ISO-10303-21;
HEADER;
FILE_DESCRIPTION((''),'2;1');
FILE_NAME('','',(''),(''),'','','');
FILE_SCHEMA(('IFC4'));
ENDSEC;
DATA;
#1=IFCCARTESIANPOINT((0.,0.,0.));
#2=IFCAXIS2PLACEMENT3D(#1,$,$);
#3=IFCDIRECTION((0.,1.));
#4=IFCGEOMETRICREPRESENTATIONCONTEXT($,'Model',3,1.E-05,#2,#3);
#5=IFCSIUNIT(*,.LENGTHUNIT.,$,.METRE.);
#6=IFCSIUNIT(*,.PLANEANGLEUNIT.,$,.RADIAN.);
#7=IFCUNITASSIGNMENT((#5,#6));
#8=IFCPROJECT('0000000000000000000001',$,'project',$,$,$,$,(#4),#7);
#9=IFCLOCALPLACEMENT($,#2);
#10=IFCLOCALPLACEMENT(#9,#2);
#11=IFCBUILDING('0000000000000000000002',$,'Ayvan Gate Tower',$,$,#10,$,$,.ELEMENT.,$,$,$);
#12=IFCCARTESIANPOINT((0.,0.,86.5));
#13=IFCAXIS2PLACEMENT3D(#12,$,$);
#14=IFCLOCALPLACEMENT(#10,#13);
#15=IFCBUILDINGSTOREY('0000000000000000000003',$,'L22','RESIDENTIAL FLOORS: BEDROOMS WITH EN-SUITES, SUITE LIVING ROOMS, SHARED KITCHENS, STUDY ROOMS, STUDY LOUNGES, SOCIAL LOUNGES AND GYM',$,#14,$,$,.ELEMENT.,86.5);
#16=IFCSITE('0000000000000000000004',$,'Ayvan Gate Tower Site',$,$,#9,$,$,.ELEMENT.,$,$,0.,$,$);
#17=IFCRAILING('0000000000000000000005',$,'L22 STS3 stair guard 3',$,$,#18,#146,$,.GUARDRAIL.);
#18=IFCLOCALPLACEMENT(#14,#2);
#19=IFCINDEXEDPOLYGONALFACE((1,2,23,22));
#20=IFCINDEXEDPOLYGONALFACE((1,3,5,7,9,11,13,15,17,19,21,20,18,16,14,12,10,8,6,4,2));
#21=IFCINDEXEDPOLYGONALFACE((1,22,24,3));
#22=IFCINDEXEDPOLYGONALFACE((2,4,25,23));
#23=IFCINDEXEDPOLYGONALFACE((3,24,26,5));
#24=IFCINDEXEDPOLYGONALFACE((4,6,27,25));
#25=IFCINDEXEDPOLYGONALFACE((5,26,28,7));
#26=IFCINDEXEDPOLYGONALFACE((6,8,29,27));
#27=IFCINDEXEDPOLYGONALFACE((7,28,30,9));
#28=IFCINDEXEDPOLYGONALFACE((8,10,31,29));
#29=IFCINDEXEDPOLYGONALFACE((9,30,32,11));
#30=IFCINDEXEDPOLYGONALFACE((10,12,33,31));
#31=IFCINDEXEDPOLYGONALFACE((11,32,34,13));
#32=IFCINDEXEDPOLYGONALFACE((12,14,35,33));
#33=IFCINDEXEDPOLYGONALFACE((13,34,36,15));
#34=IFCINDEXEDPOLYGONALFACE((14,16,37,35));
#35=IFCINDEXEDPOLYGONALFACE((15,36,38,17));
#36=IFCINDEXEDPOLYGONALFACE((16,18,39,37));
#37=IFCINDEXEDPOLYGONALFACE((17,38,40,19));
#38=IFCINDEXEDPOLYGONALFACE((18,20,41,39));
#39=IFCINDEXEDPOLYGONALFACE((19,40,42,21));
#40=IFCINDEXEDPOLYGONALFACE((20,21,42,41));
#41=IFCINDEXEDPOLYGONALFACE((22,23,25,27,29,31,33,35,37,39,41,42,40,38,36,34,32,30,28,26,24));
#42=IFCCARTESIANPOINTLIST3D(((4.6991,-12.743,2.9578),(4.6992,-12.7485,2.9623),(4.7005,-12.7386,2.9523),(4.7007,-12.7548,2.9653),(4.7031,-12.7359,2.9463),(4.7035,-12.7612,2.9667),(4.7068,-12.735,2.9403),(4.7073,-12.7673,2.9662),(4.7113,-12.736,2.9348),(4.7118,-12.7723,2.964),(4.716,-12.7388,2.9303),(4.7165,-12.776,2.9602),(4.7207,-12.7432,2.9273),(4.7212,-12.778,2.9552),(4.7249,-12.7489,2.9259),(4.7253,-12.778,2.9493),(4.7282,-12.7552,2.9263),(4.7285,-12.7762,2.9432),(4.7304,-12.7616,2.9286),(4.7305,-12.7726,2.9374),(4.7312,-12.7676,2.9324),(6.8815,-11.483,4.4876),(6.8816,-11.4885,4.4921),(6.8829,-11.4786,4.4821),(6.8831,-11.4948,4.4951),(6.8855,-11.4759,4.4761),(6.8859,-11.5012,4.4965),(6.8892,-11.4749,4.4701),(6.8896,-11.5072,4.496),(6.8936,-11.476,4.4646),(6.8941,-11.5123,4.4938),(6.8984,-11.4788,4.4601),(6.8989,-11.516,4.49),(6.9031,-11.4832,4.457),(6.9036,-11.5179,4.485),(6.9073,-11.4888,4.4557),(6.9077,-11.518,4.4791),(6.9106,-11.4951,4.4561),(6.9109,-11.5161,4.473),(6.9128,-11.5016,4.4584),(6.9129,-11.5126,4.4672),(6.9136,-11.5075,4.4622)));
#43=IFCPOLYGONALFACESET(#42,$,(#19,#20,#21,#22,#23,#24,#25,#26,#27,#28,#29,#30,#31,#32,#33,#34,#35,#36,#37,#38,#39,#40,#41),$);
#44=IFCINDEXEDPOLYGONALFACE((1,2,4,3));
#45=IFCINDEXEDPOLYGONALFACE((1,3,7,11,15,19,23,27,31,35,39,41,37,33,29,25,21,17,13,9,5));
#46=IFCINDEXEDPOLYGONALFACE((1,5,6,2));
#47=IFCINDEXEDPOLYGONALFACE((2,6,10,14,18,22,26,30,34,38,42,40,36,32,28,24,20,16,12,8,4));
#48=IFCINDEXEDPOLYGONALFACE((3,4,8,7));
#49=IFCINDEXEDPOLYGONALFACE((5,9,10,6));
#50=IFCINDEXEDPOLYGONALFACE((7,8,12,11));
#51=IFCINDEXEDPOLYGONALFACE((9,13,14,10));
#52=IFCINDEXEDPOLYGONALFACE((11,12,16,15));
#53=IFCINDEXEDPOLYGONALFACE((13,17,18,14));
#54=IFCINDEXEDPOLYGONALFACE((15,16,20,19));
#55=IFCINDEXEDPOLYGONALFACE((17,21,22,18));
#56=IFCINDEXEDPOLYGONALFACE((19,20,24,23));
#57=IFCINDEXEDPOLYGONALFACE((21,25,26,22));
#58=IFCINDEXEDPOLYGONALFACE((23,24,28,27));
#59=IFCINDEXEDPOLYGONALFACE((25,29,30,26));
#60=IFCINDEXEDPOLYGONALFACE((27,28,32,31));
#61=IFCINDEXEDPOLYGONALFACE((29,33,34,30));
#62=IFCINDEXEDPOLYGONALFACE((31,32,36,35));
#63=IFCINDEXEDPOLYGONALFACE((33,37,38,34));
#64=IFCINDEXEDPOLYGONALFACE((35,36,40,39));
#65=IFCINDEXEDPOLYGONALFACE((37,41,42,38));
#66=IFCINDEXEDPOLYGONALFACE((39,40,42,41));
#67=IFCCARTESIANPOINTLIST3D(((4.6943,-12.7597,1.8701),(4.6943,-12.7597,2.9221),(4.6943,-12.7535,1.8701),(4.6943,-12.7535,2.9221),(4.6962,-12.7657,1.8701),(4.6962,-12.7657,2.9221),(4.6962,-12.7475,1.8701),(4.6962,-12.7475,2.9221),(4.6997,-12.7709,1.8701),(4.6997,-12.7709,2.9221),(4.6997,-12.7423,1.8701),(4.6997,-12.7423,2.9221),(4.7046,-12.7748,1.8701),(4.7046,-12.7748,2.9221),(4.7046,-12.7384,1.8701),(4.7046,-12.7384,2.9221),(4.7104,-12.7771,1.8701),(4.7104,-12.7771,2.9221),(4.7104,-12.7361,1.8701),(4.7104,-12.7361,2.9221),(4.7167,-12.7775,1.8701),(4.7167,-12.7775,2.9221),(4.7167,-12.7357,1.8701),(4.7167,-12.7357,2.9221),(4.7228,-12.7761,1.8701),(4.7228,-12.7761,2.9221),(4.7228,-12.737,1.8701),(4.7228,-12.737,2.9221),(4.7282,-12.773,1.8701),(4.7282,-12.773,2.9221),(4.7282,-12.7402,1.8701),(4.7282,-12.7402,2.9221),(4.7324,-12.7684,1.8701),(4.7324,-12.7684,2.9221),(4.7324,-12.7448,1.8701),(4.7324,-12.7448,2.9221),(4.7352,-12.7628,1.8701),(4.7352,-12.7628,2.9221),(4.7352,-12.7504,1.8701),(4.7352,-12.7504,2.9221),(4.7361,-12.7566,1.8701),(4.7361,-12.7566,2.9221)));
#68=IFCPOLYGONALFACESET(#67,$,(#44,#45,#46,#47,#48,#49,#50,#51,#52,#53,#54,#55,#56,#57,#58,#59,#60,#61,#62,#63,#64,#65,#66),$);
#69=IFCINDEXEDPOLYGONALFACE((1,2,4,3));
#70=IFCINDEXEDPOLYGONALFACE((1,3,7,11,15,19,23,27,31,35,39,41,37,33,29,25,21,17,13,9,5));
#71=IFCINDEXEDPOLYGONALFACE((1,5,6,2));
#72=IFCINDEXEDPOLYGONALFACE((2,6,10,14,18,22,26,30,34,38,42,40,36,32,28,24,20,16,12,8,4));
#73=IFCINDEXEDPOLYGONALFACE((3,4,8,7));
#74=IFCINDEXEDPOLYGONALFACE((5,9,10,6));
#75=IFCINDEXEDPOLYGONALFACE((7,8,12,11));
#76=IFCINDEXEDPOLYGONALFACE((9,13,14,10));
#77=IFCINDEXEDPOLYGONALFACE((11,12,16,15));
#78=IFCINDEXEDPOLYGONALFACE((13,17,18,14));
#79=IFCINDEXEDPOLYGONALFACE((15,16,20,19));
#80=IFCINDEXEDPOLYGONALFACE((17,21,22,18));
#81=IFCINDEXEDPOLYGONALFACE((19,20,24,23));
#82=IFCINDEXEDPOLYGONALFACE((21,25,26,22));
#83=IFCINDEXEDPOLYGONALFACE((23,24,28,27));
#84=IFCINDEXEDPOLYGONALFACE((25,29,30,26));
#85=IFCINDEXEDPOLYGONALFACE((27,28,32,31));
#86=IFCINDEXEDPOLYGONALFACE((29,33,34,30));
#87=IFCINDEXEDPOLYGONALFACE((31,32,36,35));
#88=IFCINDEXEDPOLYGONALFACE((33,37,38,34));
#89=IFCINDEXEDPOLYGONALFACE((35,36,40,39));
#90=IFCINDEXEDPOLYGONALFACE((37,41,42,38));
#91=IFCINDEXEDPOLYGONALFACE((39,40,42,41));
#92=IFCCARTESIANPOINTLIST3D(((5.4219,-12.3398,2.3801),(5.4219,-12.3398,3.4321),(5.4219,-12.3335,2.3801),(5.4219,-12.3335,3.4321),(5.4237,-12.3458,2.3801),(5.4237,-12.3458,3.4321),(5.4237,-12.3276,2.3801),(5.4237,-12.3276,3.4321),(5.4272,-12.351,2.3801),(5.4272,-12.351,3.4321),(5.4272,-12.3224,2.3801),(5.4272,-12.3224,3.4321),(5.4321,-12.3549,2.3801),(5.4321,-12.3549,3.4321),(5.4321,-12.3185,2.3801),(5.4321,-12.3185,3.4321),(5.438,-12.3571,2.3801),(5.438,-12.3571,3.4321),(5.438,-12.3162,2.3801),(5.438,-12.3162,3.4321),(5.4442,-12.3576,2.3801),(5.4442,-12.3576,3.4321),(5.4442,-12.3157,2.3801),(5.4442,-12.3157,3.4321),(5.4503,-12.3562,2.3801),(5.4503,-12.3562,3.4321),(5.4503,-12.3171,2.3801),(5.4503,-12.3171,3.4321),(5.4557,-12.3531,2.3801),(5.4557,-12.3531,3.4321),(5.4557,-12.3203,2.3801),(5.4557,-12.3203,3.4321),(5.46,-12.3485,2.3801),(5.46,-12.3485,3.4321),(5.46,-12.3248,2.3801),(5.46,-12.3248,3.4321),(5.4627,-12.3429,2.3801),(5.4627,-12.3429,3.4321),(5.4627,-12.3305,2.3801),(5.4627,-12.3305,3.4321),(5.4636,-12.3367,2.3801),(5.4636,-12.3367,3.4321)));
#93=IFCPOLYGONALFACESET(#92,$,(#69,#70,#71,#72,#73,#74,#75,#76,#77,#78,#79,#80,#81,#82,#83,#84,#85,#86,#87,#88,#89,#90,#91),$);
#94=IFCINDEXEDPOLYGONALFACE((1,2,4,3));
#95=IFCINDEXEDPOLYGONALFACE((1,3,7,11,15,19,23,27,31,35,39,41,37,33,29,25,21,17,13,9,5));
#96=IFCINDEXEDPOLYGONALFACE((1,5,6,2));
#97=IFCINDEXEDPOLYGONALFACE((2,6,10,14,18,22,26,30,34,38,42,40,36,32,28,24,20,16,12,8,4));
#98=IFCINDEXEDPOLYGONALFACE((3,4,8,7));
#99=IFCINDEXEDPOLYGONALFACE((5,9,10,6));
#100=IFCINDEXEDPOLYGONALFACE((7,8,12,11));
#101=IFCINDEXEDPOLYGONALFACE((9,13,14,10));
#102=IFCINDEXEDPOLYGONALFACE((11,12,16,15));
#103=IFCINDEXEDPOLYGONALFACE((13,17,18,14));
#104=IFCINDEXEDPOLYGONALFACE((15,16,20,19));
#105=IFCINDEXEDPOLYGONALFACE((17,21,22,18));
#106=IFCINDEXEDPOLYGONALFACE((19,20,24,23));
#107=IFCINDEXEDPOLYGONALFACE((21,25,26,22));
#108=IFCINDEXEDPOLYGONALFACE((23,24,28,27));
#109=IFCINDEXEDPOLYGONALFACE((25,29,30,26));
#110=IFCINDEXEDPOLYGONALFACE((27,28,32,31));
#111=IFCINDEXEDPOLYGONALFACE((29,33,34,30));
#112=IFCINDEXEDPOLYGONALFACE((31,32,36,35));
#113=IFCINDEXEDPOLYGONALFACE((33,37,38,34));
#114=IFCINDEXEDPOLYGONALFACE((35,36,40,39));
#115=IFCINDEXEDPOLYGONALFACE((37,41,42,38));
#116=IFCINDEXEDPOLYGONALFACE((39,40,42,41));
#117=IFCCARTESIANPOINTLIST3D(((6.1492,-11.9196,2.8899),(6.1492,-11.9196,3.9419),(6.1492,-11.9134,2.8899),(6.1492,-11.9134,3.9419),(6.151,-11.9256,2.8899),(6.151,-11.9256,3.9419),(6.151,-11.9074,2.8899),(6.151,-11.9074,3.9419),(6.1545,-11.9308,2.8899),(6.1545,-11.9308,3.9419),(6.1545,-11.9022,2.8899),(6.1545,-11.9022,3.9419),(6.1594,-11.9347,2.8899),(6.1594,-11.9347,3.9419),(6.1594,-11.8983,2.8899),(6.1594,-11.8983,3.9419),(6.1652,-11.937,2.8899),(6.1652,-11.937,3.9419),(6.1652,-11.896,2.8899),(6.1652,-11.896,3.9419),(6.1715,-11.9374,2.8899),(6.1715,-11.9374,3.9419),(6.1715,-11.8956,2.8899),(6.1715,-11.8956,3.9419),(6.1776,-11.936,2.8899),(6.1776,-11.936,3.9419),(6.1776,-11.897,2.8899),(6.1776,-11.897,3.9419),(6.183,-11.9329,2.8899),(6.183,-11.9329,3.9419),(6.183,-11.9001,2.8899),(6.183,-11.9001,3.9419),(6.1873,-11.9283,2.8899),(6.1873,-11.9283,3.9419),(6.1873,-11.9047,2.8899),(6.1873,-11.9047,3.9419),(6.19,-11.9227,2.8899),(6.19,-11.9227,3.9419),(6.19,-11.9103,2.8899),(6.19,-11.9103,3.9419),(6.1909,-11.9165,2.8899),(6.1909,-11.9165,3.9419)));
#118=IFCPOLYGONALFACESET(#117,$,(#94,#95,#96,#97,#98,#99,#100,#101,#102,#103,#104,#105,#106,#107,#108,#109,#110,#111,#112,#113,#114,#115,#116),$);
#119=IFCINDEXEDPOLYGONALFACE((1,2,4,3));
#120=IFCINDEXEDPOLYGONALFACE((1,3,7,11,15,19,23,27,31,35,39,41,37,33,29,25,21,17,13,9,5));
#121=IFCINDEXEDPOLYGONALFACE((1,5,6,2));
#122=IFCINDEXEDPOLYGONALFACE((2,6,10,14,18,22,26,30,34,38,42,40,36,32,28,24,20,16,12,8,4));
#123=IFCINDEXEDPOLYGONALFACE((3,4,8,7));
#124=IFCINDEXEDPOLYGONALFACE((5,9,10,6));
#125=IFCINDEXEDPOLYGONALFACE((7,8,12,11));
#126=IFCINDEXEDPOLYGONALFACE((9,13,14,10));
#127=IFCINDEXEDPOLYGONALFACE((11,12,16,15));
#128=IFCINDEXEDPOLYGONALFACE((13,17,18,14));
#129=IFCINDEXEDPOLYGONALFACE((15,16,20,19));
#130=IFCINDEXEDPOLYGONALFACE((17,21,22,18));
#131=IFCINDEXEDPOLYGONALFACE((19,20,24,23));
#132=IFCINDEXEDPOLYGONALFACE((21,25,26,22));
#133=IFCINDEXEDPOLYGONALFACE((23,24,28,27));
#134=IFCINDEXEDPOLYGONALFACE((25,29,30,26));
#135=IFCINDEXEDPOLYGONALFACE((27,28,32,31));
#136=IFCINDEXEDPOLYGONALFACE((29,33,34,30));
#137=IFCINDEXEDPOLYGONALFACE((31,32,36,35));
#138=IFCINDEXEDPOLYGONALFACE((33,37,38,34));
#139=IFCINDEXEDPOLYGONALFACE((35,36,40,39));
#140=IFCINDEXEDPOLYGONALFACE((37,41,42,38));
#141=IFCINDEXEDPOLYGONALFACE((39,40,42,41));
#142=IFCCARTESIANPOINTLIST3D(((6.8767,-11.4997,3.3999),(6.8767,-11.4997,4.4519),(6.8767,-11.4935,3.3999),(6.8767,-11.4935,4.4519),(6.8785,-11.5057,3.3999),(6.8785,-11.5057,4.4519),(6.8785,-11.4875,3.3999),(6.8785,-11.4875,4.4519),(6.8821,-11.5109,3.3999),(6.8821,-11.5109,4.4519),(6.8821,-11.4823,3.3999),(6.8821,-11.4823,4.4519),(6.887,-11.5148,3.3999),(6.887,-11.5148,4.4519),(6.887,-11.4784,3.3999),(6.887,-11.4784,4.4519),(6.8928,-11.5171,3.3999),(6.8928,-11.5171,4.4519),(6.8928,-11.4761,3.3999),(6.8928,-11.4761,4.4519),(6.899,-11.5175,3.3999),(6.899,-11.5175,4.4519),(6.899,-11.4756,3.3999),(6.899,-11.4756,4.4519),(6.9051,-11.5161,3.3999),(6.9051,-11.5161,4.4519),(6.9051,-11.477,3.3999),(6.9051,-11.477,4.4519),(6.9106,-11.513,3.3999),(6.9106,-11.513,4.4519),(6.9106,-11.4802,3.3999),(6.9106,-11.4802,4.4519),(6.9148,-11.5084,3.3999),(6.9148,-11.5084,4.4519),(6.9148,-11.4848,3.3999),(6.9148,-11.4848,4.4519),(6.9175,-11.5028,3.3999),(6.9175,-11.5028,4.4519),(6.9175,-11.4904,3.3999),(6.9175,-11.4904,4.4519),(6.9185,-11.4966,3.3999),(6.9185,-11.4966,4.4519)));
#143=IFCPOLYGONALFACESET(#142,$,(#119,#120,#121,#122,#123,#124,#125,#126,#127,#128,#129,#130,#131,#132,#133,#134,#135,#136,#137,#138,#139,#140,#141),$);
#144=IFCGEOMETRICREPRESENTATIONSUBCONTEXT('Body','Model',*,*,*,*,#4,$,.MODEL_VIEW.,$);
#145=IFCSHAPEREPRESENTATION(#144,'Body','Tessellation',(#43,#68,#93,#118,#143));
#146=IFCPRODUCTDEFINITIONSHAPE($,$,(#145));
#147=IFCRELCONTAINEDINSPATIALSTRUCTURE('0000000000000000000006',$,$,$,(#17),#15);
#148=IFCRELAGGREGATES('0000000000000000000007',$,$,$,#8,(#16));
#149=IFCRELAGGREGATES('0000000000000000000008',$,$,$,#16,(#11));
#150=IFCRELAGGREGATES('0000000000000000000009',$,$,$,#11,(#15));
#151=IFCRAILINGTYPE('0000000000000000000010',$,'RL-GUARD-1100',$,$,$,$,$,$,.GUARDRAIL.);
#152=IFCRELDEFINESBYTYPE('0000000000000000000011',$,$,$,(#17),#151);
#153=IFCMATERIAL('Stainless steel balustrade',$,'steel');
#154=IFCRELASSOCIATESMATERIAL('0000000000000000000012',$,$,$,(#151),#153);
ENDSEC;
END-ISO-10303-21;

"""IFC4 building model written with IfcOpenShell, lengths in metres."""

from ifc_helpers import new_model, si_unit, direction, frame, origin, origin_2d, place, context, subcontext, project, spatial, circle, extrude, material, type_object, element, save


model = new_model("IFC4")

# Units and contexts
model_context = context("Model", 3, precision=1e-05, world=origin(), true_north=direction((0.0, 1.0)))
body_context = subcontext(model_context, "Body", "Model", "MODEL_VIEW")
ifc_project = project(units=[si_unit("LENGTHUNIT", "METRE"), si_unit("PLANEANGLEUNIT", "RADIAN")], contexts=[model_context])

# Site, building, storey
site_placement = place(None, origin())
site = spatial("IfcSite", under=ifc_project, at=site_placement, Name="Ayvan Gate Tower Site", CompositionType="ELEMENT", RefElevation=0.0)
building_placement = place(site_placement, origin())
building = spatial("IfcBuilding", under=site, at=building_placement, Name="Ayvan Gate Tower", CompositionType="ELEMENT")
storey_placement = place(building_placement, frame((0.0, 0.0, 86.5)))
storey = spatial("IfcBuildingStorey", under=building, at=storey_placement, Name="L22", Description="RESIDENTIAL FLOORS: BEDROOMS WITH EN-SUITES, SUITE LIVING ROOMS, SHARED KITCHENS, STUDY ROOMS, STUDY LOUNGES, SOCIAL LOUNGES AND GYM", CompositionType="ELEMENT", Elevation=86.5)

# Railing
ifc_material_1 = material(Name="Stainless steel balustrade", Category="steel")
railing_type = type_object("IfcRailingType", Name="RL-GUARD-1100", PredefinedType="GUARDRAIL", material=ifc_material_1)
railing_1_placement = place(storey_placement, frame((4.7151, -12.7566, 1.8701)))
element("IfcRailing", 1, at=railing_1_placement, inside=storey, type_object=railing_type, Name="L22 STS3 stair guard 3", PredefinedType="GUARDRAIL", context=body_context, shape_type="SweptSolid", body=[
    extrude(circle(Radius=0.0239, at=origin_2d()), frame((0.0, 0.0, 1.0762), z_axis=(0.740293, 0.427414, 0.518926), x_axis=(-0.500005, 0.866023, 0.0)), (0.0, 0.0, 1.0), 2.948),
    extrude(circle(Radius=0.021, at=origin_2d()), origin(), (0.0, 0.0, 1.0), 1.052),
    extrude(circle(Radius=0.021, at=origin_2d()), frame((0.7275, 0.4199, 0.51)), (0.0, 0.0, 1.0), 1.052),
    extrude(circle(Radius=0.021, at=origin_2d()), frame((1.4548, 0.8401, 1.0198)), (0.0, 0.0, 1.0), 1.052),
    extrude(circle(Radius=0.021, at=origin_2d()), frame((2.1824, 1.26, 1.5298)), (0.0, 0.0, 1.0), 1.052),
])

save(model, "model.ifc")
